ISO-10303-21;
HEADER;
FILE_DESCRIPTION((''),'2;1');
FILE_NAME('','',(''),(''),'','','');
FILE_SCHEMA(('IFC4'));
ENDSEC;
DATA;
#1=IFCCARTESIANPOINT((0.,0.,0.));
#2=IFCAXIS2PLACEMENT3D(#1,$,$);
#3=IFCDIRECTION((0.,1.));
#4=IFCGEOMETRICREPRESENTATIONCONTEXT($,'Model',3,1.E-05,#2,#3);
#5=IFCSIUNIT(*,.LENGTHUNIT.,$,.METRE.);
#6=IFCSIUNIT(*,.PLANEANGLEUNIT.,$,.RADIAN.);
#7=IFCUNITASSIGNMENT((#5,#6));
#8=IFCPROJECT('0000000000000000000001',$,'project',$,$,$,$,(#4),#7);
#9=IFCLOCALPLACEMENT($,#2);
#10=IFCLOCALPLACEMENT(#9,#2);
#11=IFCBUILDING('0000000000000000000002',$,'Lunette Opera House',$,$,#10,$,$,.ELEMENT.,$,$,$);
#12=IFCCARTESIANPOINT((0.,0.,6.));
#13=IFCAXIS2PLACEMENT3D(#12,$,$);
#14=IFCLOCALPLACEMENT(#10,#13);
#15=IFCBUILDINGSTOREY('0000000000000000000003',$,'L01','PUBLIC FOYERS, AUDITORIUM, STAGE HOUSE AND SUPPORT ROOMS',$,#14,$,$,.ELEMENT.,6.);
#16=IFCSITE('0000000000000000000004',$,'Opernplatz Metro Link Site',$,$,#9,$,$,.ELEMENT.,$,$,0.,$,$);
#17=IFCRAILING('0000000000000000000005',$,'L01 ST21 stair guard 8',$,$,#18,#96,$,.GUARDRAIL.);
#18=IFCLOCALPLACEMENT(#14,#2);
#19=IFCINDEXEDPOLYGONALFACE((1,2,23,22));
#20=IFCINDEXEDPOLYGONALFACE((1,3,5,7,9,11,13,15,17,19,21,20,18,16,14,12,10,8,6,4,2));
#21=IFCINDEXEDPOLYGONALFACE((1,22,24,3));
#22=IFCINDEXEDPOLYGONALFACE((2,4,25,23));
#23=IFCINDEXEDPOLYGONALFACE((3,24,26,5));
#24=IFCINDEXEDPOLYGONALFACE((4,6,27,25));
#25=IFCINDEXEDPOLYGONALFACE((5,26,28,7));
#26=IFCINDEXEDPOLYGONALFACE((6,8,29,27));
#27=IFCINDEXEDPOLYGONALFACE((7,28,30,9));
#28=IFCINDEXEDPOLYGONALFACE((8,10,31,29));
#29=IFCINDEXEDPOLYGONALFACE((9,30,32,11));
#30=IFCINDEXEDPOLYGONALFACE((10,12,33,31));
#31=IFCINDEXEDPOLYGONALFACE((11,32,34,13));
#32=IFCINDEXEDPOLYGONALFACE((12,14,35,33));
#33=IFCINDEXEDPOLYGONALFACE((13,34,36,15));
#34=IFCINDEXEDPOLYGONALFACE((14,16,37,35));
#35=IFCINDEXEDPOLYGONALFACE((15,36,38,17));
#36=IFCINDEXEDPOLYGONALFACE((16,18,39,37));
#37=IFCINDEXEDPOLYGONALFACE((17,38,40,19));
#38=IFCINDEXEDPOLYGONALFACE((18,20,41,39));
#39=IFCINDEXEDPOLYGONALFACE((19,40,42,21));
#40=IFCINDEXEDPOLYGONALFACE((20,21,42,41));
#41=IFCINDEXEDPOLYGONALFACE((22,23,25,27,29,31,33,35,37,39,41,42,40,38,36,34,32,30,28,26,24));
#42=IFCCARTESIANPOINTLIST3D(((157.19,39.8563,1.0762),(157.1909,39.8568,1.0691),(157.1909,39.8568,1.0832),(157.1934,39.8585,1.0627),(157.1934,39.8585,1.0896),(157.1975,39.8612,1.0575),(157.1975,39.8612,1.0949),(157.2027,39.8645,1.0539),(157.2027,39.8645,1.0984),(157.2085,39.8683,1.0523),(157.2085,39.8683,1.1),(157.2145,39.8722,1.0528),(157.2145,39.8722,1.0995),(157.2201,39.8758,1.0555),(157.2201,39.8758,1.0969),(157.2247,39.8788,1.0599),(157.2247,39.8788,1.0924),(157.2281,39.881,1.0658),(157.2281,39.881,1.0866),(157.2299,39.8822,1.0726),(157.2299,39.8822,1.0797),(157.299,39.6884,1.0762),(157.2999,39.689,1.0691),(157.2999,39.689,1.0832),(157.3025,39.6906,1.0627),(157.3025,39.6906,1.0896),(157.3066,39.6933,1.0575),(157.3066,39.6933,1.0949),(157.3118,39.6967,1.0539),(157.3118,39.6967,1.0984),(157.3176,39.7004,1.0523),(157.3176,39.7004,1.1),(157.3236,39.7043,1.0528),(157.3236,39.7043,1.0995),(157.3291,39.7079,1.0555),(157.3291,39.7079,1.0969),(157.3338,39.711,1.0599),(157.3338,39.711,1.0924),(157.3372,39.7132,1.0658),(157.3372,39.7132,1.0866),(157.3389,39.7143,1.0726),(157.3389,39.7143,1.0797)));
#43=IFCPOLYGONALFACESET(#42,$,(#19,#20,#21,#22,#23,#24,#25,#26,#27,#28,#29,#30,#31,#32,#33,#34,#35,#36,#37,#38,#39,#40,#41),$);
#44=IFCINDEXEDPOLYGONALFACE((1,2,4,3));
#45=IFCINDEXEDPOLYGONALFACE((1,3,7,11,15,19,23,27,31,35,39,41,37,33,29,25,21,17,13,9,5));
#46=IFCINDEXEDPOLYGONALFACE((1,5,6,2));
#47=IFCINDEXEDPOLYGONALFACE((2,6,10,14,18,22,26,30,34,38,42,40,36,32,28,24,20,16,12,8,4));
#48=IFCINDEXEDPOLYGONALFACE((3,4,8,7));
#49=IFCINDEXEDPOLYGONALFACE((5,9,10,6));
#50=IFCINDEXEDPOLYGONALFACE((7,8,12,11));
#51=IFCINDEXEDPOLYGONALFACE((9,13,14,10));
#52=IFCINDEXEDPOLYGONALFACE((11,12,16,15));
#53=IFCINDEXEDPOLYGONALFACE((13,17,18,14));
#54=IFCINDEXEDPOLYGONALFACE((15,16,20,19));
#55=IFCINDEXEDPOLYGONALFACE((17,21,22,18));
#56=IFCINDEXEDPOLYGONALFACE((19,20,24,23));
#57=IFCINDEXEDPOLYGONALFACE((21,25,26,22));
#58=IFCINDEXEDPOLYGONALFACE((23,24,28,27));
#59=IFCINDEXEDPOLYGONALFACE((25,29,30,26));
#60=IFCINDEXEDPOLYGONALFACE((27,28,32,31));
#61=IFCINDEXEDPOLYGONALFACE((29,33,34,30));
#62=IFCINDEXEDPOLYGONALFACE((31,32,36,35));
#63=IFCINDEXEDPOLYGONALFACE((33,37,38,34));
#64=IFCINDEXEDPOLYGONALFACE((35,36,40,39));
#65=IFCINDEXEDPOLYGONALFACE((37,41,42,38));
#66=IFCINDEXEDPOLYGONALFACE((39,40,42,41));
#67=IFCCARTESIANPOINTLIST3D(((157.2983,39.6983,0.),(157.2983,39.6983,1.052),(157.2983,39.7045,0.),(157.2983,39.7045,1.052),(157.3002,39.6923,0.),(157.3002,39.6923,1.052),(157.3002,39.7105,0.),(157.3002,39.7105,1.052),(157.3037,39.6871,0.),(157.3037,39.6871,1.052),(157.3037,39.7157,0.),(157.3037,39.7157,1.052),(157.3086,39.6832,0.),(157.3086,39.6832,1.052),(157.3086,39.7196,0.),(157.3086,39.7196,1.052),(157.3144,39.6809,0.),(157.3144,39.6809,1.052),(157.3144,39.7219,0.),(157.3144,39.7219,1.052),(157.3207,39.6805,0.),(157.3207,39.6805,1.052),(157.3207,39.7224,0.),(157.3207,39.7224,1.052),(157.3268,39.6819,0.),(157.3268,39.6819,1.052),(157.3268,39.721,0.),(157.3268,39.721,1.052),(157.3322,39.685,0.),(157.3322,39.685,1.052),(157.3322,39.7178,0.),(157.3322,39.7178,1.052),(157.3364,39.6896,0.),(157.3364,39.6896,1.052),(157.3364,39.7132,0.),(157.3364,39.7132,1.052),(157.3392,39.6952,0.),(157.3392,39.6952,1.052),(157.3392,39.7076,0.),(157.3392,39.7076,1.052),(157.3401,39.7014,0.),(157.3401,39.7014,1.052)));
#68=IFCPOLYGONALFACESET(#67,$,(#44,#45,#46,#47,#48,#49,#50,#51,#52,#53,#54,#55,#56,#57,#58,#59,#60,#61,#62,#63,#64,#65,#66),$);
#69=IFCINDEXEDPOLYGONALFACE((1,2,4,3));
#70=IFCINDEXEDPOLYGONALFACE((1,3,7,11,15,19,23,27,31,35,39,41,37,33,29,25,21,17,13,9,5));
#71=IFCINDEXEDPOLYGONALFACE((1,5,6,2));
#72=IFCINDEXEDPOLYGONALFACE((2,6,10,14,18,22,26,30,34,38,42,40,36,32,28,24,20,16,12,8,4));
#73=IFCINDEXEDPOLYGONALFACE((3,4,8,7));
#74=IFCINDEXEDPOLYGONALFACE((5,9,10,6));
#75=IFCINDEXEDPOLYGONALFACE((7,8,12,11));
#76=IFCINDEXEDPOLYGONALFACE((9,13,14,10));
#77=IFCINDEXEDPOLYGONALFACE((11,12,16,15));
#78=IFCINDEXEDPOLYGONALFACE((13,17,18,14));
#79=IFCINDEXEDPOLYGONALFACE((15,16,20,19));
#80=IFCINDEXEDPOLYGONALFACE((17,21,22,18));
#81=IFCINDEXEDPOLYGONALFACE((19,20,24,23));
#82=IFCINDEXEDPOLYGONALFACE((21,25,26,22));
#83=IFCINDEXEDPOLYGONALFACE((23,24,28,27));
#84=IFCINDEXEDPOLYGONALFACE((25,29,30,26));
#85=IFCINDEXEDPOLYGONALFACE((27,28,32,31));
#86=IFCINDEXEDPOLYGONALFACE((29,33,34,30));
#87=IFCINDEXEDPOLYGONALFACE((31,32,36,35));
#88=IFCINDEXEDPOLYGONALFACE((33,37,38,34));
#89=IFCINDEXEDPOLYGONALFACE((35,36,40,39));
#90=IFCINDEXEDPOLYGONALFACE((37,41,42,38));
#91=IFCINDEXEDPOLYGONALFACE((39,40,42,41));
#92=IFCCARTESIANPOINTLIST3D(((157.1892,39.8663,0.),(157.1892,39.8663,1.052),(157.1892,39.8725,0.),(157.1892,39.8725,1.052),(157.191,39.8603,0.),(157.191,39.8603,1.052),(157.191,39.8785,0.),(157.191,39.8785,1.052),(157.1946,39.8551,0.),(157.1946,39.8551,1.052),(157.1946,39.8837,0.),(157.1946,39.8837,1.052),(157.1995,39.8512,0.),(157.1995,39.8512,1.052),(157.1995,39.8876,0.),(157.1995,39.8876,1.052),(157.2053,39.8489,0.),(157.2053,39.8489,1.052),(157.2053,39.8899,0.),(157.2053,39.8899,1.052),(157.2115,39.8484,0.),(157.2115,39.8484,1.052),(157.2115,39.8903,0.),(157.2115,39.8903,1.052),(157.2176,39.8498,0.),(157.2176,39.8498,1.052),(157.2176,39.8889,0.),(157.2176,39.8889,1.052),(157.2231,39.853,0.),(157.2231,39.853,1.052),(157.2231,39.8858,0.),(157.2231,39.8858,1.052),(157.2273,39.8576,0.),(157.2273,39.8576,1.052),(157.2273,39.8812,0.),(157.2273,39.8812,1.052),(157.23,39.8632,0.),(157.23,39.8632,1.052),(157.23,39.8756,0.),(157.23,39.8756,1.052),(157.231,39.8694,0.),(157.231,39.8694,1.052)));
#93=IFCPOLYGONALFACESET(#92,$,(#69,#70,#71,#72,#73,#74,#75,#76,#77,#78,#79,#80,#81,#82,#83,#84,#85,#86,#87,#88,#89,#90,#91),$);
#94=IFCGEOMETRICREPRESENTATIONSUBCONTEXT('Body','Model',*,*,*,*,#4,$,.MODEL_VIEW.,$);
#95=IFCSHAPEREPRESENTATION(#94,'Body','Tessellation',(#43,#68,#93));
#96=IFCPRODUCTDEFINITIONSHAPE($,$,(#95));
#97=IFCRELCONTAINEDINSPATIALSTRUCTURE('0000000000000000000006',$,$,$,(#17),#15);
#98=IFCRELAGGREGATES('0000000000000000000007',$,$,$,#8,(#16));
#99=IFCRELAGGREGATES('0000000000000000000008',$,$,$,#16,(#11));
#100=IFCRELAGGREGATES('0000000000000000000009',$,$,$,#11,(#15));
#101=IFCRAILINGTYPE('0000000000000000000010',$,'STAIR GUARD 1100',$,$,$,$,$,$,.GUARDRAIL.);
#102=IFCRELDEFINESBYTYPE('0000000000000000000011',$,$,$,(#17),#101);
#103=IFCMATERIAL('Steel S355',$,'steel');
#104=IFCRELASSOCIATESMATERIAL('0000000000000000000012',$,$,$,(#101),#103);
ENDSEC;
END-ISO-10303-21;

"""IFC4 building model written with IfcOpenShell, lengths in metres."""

from ifc_helpers import new_model, si_unit, direction, frame, origin, origin_2d, place, context, subcontext, project, spatial, circle, extrude, material, type_object, element, save


model = new_model("IFC4")

# Units and contexts
model_context = context("Model", 3, precision=1e-05, world=origin(), true_north=direction((0.0, 1.0)))
body_context = subcontext(model_context, "Body", "Model", "MODEL_VIEW")
ifc_project = project(units=[si_unit("LENGTHUNIT", "METRE"), si_unit("PLANEANGLEUNIT", "RADIAN")], contexts=[model_context])

# Site, building, storey
site_placement = place(None, origin())
site = spatial("IfcSite", under=ifc_project, at=site_placement, Name="Opernplatz Metro Link Site", CompositionType="ELEMENT", RefElevation=0.0)
building_placement = place(site_placement, origin())
building = spatial("IfcBuilding", under=site, at=building_placement, Name="Lunette Opera House", CompositionType="ELEMENT")
storey_placement = place(building_placement, frame((0.0, 0.0, 6.0)))
storey = spatial("IfcBuildingStorey", under=building, at=storey_placement, Name="L01", Description="PUBLIC FOYERS, AUDITORIUM, STAGE HOUSE AND SUPPORT ROOMS", CompositionType="ELEMENT", Elevation=6.0)

# Railing
ifc_material_1 = material(Name="Steel S355", Category="steel")
railing_type_1 = type_object("IfcRailingType", Name="STAIR GUARD 1100", PredefinedType="GUARDRAIL", material=ifc_material_1)
railing_1_placement = place(storey_placement, frame((157.3191, 39.7014, 0.0)))
element("IfcRailing", 1, at=railing_1_placement, inside=storey, type_object=railing_type_1, Name="L01 ST21 stair guard 8", PredefinedType="GUARDRAIL", context=body_context, shape_type="SweptSolid", body=[
    extrude(circle(Radius=0.0239, at=origin_2d()), frame((0.0, 0.0, 1.0762), z_axis=(-0.544817, 0.838555, 0.0), x_axis=(-0.838555, -0.544817, 0.0)), (0.0, 0.0, 1.0), 0.2002),
    extrude(circle(Radius=0.021, at=origin_2d()), origin(), (0.0, 0.0, 1.0), 1.052),
    extrude(circle(Radius=0.021, at=origin_2d()), frame((-0.1091, 0.168, 0.0)), (0.0, 0.0, 1.0), 1.052),
])

save(model, "model.ifc")
